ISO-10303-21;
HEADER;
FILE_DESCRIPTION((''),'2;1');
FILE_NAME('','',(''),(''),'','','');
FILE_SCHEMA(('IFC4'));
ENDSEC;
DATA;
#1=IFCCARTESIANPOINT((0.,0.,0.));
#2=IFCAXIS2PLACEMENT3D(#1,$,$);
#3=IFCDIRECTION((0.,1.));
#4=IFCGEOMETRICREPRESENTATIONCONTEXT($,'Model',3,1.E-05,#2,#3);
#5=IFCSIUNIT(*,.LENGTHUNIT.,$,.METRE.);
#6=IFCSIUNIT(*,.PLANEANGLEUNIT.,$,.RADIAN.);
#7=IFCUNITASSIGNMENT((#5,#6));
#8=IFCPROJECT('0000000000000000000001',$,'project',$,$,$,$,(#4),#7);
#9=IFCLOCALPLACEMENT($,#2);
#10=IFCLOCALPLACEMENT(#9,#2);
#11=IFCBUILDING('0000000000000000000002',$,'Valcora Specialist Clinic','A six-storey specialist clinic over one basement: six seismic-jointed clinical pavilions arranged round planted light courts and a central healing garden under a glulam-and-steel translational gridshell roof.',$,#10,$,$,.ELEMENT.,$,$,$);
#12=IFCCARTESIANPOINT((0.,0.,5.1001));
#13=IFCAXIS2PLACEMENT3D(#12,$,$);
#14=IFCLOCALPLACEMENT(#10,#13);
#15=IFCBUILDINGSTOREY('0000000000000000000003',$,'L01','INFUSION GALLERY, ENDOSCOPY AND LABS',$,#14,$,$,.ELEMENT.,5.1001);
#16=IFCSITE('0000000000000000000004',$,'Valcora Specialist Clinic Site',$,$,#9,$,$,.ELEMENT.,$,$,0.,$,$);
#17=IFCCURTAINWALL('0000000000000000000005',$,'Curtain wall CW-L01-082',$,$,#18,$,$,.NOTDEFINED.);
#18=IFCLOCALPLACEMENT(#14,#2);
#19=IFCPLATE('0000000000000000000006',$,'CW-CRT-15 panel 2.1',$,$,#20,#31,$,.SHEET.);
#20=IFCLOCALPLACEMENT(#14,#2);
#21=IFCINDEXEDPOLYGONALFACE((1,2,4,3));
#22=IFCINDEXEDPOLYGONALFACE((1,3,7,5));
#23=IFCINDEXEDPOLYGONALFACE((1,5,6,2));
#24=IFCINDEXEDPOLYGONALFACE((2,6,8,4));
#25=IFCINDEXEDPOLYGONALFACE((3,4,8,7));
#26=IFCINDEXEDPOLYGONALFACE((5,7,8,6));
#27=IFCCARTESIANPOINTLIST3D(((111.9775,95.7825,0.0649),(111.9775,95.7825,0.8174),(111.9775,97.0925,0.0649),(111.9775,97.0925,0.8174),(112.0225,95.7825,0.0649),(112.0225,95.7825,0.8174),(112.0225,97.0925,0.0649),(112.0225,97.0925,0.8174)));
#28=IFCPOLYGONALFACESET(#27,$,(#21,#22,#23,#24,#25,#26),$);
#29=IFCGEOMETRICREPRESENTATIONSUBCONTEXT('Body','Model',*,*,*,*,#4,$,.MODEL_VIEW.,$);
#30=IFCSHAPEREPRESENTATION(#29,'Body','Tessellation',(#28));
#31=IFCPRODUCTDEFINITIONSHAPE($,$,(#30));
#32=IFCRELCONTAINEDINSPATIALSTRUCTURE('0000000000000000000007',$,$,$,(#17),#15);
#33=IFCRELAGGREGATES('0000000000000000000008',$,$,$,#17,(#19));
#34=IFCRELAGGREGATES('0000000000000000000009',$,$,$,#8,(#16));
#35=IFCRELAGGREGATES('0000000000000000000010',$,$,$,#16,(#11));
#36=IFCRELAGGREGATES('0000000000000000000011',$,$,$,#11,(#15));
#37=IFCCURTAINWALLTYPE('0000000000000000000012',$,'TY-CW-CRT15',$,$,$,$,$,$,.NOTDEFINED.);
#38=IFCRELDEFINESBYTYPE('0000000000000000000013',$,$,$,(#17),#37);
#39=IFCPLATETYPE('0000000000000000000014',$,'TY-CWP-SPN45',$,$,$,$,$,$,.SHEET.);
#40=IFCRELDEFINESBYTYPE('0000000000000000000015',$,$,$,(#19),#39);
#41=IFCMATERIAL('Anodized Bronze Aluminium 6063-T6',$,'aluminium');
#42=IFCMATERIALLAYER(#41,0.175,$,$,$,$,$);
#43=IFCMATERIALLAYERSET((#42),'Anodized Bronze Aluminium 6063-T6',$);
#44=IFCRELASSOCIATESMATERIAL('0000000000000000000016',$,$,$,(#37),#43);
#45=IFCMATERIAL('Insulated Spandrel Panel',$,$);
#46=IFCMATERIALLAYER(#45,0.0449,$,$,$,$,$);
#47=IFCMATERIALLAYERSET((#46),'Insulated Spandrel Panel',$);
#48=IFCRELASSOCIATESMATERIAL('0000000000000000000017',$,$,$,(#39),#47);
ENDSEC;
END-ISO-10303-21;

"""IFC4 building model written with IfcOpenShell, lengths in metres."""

from ifc_helpers import new_model, si_unit, direction, frame, origin, origin_2d, place, context, subcontext, project, spatial, rectangle, extrude, material, layer, layer_set, type_object, element, aggregate, save


model = new_model("IFC4")

# Units and contexts
model_context = context("Model", 3, precision=1e-05, world=origin(), true_north=direction((0.0, 1.0)))
body_context = subcontext(model_context, "Body", "Model", "MODEL_VIEW")
ifc_project = project(units=[si_unit("LENGTHUNIT", "METRE"), si_unit("PLANEANGLEUNIT", "RADIAN")], contexts=[model_context])

# Site, building, storey
site_placement = place(None, origin())
site = spatial("IfcSite", under=ifc_project, at=site_placement, Name="Valcora Specialist Clinic Site", CompositionType="ELEMENT", RefElevation=0.0)
building_placement = place(site_placement, origin())
building = spatial("IfcBuilding", under=site, at=building_placement, Name="Valcora Specialist Clinic", Description="A six-storey specialist clinic over one basement: six seismic-jointed clinical pavilions arranged round planted light courts and a central healing garden under a glulam-and-steel translational gridshell roof.", CompositionType="ELEMENT")
storey_placement = place(building_placement, frame((0.0, 0.0, 5.1001)))
storey = spatial("IfcBuildingStorey", under=building, at=storey_placement, Name="L01", Description="INFUSION GALLERY, ENDOSCOPY AND LABS", CompositionType="ELEMENT", Elevation=5.1001)

# Shared definitions
ifc_material_1 = material(Name="Anodized Bronze Aluminium 6063-T6", Category="aluminium")
ifc_layer_1 = layer(ifc_material_1, 0.175)
ifc_layer_set_1 = layer_set([ifc_layer_1], Name="Anodized Bronze Aluminium 6063-T6")
curtain_wall_type = type_object("IfcCurtainWallType", Name="TY-CW-CRT15", PredefinedType="NOTDEFINED", material=ifc_layer_set_1)

# Curtain wall
curtain_wall_1_placement = place(storey_placement, origin())
curtain_wall_1 = element("IfcCurtainWall", 1, at=curtain_wall_1_placement, inside=storey, type_object=curtain_wall_type, Name="Curtain wall CW-L01-082", PredefinedType="NOTDEFINED")

# Plate
ifc_material_2 = material(Name="Insulated Spandrel Panel")
ifc_layer_2 = layer(ifc_material_2, 0.0449)
ifc_layer_set_2 = layer_set([ifc_layer_2], Name="Insulated Spandrel Panel")
plate_type_1 = type_object("IfcPlateType", Name="TY-CWP-SPN45", PredefinedType="SHEET", material=ifc_layer_set_2)
plate_1_placement = place(storey_placement, frame((112.0, 96.4375, 0.0649), z_axis=(0.0, 0.0, 1.0), x_axis=(0.0, -1.0, 0.0)))
plate_1 = element("IfcPlate", 2, at=plate_1_placement, type_object=plate_type_1, Name="CW-CRT-15 panel 2.1", PredefinedType="SHEET", context=body_context, shape_type="SweptSolid", body=[
    extrude(rectangle(XDim=1.3101, YDim=0.0449, at=origin_2d()), origin(), (0.0, 0.0, 1.0), 0.7524),
])
aggregate(curtain_wall_1, [plate_1])

save(model, "model.ifc")
